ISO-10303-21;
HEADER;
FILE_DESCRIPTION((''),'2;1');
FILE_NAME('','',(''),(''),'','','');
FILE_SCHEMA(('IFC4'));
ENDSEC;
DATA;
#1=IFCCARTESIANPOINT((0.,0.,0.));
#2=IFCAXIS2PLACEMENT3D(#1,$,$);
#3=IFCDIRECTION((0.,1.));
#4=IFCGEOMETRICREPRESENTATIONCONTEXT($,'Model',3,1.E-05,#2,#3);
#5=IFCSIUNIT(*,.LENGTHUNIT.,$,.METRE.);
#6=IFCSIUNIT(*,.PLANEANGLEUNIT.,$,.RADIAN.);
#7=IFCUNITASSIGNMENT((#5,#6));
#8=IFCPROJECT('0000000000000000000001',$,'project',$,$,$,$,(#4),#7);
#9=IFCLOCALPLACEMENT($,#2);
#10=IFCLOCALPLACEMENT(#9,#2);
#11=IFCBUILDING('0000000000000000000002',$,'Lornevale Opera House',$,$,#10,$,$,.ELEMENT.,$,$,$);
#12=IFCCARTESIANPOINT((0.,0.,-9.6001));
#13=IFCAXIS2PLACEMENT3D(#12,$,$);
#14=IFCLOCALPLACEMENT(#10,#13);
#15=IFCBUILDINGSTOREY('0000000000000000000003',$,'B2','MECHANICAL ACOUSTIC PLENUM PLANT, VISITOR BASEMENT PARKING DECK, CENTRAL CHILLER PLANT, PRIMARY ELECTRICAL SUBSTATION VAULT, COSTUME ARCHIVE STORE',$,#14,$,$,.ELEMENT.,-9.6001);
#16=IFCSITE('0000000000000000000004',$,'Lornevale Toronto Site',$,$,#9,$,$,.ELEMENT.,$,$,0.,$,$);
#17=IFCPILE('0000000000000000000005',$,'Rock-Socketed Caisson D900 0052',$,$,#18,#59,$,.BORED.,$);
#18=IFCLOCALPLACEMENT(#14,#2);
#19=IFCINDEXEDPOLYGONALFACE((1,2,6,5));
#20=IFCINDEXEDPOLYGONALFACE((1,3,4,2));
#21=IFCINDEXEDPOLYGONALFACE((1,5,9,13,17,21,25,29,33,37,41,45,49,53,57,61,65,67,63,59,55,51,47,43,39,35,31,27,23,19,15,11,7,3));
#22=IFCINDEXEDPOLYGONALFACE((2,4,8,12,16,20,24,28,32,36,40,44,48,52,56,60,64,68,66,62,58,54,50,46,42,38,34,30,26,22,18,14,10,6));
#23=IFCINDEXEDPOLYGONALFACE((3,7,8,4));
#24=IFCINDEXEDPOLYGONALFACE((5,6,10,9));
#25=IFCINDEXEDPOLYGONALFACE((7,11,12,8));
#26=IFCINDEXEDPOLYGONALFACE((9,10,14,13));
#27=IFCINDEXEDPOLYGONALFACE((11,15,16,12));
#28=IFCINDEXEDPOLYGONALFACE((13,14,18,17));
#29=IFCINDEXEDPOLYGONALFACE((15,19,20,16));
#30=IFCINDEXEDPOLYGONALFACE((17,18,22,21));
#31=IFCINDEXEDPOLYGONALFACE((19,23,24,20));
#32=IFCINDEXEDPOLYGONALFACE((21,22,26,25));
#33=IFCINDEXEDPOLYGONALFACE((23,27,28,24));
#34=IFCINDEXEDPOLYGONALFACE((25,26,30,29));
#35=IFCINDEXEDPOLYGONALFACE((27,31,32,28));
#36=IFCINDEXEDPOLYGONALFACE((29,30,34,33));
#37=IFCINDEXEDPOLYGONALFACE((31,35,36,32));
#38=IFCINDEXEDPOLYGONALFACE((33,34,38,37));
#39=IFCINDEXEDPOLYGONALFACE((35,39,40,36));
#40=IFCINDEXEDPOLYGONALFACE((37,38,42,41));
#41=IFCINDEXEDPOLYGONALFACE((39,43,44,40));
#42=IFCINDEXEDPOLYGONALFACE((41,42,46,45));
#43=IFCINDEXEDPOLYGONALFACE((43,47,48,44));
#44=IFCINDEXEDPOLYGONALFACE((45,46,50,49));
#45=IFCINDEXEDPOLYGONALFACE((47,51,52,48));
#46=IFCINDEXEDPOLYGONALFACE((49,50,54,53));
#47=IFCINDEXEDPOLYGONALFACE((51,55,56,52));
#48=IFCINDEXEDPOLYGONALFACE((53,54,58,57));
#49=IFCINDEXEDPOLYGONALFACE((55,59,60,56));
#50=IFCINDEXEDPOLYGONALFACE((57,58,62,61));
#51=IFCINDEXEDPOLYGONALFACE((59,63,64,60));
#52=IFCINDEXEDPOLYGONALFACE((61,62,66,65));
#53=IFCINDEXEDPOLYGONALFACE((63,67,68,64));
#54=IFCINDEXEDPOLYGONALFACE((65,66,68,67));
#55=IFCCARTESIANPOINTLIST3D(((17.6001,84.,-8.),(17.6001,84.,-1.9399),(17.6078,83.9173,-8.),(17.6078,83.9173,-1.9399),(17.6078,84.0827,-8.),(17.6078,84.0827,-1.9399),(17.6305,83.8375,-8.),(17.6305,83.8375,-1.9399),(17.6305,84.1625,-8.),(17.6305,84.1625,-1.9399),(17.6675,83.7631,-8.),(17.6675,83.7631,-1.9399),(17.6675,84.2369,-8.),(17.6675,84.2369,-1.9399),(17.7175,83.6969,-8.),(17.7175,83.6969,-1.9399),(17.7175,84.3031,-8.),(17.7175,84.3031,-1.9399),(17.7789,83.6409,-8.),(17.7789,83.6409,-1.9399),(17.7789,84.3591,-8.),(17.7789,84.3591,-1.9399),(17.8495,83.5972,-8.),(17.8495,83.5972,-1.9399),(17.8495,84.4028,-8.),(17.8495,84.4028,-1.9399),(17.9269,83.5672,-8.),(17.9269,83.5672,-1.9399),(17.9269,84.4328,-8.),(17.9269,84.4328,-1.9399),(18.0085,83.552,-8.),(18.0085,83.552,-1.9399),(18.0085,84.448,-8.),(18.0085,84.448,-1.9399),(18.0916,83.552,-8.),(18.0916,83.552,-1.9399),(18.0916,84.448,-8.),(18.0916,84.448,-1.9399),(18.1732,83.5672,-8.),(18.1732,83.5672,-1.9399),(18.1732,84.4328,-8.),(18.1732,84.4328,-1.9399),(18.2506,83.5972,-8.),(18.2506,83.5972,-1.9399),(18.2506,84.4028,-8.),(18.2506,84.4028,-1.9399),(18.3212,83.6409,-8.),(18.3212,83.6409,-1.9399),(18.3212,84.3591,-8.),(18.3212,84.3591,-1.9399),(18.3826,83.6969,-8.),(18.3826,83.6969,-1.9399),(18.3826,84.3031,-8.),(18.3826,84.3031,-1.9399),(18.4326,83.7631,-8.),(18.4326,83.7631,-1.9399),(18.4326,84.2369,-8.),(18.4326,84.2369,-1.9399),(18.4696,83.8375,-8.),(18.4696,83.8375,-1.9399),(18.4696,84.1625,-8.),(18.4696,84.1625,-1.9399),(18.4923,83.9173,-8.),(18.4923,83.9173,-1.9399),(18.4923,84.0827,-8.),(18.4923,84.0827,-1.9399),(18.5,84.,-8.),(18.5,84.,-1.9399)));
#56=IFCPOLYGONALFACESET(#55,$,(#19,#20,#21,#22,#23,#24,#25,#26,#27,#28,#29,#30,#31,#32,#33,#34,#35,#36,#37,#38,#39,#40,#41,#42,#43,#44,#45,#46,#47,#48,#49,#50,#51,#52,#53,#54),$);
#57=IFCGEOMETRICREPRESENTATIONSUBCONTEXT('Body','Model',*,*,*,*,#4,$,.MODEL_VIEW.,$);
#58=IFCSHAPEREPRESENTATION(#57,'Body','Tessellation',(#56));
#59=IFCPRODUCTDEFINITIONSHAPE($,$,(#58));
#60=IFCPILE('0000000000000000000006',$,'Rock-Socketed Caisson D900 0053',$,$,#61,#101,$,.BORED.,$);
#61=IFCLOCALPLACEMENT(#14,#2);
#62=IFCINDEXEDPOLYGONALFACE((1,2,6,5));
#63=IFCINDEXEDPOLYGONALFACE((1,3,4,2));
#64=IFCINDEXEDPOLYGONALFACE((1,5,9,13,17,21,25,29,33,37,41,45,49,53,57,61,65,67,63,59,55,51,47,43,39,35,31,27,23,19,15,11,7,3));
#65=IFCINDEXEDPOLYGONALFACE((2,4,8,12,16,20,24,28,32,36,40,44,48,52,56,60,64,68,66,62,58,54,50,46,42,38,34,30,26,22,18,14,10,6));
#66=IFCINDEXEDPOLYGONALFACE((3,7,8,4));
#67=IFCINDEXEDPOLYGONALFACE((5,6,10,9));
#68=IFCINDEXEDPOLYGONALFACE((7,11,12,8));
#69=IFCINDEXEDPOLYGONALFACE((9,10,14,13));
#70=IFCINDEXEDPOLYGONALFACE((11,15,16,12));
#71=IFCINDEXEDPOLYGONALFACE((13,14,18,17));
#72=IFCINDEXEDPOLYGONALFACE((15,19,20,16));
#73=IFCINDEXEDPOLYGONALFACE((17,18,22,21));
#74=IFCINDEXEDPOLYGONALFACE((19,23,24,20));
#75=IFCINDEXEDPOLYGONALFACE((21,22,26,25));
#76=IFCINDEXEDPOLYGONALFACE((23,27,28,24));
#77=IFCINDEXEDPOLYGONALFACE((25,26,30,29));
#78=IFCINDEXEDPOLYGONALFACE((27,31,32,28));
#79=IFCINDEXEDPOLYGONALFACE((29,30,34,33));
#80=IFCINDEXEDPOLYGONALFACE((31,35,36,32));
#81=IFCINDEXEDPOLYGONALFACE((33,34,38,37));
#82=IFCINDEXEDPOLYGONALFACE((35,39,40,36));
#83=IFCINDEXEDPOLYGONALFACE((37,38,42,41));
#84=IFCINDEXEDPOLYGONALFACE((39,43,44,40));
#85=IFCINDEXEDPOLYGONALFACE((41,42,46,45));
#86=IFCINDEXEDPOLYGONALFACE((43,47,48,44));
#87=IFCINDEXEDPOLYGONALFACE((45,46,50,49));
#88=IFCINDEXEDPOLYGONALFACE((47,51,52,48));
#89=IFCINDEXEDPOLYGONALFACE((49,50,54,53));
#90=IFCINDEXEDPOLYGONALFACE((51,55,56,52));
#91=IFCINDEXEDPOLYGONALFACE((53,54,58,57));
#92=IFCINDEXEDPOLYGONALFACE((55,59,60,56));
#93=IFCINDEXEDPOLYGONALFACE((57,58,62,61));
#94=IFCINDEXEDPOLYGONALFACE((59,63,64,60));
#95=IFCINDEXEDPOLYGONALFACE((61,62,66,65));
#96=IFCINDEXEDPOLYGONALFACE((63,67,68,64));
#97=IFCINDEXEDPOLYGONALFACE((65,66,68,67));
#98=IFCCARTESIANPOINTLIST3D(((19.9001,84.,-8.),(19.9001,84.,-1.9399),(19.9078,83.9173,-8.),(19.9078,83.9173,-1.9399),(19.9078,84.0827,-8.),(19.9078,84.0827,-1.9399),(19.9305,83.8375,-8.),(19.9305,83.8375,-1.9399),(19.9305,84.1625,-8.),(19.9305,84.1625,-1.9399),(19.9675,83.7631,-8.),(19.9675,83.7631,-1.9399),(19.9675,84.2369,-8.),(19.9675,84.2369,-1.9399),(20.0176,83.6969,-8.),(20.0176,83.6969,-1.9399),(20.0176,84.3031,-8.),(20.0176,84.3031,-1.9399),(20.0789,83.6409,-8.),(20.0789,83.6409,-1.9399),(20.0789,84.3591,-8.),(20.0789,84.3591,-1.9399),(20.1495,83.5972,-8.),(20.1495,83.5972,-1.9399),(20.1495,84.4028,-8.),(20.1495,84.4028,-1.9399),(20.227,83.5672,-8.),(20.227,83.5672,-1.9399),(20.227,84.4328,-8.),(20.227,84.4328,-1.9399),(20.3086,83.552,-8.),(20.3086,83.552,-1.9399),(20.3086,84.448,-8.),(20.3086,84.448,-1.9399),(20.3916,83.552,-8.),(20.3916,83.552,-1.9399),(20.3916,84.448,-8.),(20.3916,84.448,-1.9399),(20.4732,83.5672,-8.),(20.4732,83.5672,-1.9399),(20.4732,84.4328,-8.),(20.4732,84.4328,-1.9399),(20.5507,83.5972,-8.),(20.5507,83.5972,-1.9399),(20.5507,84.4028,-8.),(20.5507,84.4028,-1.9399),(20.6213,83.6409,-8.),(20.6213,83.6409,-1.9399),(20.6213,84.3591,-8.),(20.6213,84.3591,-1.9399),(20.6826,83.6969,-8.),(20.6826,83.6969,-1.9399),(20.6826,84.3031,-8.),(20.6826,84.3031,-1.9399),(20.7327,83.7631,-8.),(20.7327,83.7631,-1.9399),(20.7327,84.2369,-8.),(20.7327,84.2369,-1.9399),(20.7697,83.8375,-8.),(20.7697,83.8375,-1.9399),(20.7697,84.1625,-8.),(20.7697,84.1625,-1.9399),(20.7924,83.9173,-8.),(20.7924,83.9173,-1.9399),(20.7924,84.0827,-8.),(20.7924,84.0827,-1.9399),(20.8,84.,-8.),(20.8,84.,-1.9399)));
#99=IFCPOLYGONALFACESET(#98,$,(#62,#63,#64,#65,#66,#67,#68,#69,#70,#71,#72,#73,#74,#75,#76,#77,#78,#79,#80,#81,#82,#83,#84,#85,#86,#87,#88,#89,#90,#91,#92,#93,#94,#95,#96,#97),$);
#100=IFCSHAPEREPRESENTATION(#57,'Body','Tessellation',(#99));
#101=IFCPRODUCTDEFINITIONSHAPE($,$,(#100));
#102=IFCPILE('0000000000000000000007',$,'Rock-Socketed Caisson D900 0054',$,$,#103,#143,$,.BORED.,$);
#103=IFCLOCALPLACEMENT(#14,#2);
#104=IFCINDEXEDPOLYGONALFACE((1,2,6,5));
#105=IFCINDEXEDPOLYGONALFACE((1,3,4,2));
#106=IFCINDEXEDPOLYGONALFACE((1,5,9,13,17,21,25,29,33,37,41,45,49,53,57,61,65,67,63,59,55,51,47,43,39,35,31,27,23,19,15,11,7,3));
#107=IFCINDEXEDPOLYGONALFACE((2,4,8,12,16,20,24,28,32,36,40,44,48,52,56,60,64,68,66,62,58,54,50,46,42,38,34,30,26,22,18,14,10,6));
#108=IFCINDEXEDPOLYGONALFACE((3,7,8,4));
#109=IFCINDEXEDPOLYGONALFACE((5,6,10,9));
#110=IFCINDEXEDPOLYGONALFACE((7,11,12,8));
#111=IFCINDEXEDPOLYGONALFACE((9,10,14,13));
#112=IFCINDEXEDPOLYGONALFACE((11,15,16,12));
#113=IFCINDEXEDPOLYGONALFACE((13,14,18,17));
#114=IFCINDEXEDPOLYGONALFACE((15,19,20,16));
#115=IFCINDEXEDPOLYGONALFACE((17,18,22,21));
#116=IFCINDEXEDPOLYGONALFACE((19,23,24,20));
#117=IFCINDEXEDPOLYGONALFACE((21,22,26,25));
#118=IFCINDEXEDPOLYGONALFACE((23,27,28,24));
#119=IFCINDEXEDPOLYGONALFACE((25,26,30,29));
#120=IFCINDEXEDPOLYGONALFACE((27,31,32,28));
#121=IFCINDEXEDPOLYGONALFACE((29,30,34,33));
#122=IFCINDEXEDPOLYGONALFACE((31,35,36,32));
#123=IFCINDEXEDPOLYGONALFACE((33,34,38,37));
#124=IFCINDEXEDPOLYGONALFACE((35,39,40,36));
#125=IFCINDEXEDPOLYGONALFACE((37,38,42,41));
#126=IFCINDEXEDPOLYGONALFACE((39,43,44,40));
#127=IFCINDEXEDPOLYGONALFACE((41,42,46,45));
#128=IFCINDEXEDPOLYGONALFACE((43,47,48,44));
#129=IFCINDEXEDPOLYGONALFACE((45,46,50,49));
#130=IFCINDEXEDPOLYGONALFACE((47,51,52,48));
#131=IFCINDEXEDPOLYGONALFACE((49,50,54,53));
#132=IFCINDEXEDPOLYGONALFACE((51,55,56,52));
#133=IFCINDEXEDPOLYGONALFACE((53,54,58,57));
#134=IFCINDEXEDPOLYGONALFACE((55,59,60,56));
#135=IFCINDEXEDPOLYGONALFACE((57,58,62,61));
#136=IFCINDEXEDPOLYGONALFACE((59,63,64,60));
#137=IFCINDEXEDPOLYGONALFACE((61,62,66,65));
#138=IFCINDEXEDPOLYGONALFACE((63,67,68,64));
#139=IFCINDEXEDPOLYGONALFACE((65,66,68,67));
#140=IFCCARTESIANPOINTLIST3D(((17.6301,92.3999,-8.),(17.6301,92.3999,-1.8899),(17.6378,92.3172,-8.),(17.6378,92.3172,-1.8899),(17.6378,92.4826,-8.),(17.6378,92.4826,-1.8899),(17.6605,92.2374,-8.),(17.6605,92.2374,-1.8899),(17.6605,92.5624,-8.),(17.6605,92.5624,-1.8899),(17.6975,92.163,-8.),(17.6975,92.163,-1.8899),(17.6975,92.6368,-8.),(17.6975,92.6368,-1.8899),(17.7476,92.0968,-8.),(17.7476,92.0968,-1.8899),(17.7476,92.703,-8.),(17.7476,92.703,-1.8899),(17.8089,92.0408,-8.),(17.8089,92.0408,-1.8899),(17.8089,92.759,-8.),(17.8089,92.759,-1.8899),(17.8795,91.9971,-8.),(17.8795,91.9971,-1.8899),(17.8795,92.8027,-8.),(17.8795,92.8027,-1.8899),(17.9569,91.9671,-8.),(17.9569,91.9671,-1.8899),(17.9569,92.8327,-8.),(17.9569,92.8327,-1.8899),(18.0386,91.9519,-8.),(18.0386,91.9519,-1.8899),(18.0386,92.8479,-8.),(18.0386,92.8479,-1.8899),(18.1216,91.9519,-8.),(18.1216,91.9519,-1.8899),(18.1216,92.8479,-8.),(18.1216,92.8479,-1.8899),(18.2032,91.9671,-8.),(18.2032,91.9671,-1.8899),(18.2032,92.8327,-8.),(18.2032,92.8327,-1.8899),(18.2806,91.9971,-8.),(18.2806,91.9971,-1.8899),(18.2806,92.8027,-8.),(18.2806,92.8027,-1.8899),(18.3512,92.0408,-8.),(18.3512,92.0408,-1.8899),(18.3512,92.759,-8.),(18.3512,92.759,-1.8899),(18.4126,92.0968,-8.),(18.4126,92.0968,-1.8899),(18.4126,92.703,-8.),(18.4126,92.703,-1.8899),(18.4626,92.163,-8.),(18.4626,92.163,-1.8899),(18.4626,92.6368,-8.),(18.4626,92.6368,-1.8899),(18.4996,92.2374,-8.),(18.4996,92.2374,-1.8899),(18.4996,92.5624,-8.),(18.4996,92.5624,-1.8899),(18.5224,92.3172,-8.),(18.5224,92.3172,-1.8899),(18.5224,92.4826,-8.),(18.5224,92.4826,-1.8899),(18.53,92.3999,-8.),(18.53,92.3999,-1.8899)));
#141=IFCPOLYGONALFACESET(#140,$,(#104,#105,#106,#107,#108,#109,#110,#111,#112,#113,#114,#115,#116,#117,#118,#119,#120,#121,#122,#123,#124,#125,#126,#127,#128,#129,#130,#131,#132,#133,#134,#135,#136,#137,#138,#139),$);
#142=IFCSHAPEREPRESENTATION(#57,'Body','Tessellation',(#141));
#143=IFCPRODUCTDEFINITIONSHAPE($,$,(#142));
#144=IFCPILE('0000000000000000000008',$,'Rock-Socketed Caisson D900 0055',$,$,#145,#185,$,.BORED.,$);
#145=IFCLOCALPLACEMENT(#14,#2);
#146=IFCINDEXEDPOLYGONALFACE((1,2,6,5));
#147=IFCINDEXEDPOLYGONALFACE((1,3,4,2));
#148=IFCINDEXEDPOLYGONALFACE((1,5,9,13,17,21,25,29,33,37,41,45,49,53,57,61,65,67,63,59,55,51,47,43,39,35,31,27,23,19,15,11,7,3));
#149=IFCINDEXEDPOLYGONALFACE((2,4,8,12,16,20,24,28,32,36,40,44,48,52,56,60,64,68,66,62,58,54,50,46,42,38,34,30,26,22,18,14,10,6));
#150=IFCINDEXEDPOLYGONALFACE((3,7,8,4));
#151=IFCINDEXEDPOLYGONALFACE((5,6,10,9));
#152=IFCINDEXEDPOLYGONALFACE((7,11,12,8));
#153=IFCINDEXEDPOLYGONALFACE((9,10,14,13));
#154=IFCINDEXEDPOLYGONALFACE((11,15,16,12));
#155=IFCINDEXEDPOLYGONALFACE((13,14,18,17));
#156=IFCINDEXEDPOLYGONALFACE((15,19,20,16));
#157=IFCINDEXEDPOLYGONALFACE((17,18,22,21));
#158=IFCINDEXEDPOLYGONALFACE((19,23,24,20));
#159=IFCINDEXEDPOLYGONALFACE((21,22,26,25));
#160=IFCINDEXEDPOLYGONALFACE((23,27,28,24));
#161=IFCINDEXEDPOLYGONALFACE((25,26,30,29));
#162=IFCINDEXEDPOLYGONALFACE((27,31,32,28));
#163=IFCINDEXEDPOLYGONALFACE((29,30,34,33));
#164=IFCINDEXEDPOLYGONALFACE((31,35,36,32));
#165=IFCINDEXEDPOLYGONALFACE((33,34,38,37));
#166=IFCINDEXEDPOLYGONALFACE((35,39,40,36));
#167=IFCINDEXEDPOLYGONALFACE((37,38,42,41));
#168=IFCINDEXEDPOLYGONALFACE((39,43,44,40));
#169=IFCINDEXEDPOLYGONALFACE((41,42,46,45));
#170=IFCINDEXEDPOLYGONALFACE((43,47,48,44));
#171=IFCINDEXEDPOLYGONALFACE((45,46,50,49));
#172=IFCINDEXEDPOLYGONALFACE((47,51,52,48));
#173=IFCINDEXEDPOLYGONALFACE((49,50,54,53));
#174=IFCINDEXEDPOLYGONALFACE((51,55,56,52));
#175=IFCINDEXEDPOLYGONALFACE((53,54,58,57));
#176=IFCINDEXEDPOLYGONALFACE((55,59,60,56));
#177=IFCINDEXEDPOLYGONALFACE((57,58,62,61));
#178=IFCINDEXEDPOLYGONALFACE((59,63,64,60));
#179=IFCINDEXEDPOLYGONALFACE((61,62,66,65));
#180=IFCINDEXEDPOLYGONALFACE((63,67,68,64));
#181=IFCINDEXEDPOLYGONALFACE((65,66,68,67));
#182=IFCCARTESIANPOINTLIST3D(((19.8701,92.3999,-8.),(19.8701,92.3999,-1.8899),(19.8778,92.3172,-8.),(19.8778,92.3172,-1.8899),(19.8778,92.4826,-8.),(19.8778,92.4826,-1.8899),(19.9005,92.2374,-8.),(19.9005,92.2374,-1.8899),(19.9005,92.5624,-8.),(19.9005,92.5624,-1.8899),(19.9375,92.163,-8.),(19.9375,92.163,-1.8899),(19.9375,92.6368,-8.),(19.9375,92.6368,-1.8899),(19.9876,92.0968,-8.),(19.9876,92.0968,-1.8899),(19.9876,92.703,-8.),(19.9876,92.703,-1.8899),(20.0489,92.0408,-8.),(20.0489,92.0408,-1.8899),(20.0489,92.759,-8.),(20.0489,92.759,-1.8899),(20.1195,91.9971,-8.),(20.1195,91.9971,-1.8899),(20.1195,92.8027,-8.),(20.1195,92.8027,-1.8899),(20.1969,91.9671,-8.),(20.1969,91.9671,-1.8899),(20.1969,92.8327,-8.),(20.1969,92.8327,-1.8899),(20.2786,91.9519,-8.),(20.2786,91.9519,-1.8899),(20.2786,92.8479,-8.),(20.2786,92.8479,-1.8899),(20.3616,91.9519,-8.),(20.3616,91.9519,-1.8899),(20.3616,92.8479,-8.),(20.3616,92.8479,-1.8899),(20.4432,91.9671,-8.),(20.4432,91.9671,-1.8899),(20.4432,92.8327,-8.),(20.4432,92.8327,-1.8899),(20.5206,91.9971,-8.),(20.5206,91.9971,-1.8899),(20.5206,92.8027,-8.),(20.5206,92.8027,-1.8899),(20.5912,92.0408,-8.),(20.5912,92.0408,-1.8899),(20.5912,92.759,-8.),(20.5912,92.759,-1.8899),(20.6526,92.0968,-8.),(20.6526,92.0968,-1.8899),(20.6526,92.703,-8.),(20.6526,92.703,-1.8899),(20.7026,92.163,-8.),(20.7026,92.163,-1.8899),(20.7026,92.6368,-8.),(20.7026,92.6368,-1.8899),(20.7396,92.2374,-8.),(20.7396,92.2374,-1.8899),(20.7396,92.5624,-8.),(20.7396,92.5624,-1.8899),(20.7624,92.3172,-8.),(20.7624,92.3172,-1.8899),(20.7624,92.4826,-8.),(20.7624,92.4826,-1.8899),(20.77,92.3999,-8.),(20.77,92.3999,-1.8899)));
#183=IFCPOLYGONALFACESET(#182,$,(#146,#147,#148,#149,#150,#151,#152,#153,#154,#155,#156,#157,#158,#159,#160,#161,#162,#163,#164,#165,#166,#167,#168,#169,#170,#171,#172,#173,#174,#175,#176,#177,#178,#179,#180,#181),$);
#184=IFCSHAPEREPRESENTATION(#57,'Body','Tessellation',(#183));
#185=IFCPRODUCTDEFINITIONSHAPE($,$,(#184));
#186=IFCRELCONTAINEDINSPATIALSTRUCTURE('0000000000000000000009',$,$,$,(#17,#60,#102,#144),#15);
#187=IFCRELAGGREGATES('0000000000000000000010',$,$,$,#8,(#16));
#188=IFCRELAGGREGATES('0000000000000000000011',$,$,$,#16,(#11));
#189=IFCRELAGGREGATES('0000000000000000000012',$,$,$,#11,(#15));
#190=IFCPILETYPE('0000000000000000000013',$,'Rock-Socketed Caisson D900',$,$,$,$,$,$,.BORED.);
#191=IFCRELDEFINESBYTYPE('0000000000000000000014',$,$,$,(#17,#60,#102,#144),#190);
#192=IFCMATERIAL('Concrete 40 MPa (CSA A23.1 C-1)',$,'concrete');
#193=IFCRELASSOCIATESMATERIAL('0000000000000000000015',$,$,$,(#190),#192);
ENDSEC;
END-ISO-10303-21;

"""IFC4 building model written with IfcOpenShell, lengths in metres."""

from ifc_helpers import new_model, si_unit, direction, frame, origin, origin_2d, place, context, subcontext, project, spatial, circle, extrude, material, material_profile, profile_set, type_object, element, save


model = new_model("IFC4")

# Units and contexts
model_context = context("Model", 3, precision=1e-05, world=origin(), true_north=direction((0.0, 1.0)))
body_context = subcontext(model_context, "Body", "Model", "MODEL_VIEW")
ifc_project = project(units=[si_unit("LENGTHUNIT", "METRE"), si_unit("PLANEANGLEUNIT", "RADIAN")], contexts=[model_context])

# Site, building, storey
site_placement = place(None, origin())
site = spatial("IfcSite", under=ifc_project, at=site_placement, Name="Lornevale Toronto Site", CompositionType="ELEMENT", RefElevation=0.0)
building_placement = place(site_placement, origin())
building = spatial("IfcBuilding", under=site, at=building_placement, Name="Lornevale Opera House", CompositionType="ELEMENT")
storey_placement = place(building_placement, frame((0.0, 0.0, -9.6001)))
storey = spatial("IfcBuildingStorey", under=building, at=storey_placement, Name="B2", Description="MECHANICAL ACOUSTIC PLENUM PLANT, VISITOR BASEMENT PARKING DECK, CENTRAL CHILLER PLANT, PRIMARY ELECTRICAL SUBSTATION VAULT, COSTUME ARCHIVE STORE", CompositionType="ELEMENT", Elevation=-9.6001)

# Piles
ifc_material_1 = material(Name="Concrete 40 MPa (CSA A23.1 C-1)", Category="concrete")
ifc_material_profile_1 = material_profile(ifc_material_1, circle(Radius=0.45, at=origin_2d()), Name="CAIS900")
ifc_profile_set_1 = profile_set([ifc_material_profile_1], Name="Concrete 40 MPa (CSA A23.1 C-1)")
pile_type_1 = type_object("IfcPileType", Name="Rock-Socketed Caisson D900", PredefinedType="BORED", material=ifc_profile_set_1)
for number, where, z_axis, x_axis, name in (
    (1, (18.05, 84.0, -1.9399), (0.0, 0.0, -1.0), (1.0, 0.0, 0.0), "Rock-Socketed Caisson D900 0052"),
    (2, (20.3501, 84.0, -1.9399), (0.0, 0.0, -1.0), (1.0, 0.0, 0.0), "Rock-Socketed Caisson D900 0053"),
):
    element("IfcPile", number, at=place(storey_placement, frame(where, z_axis=z_axis, x_axis=x_axis)), inside=storey, type_object=pile_type_1, Name=name, PredefinedType="BORED", context=body_context, shape_type="SweptSolid", body=[
        extrude(circle(Radius=0.45, at=origin_2d()), origin(), (0.0, 0.0, 1.0), 6.0601),
    ])
for number, where, z_axis, x_axis, name in (
    (3, (18.0801, 92.3999, -1.8899), (0.0, 0.0, -1.0), (1.0, 0.0, 0.0), "Rock-Socketed Caisson D900 0054"),
    (4, (20.3201, 92.3999, -1.8899), (0.0, 0.0, -1.0), (1.0, 0.0, 0.0), "Rock-Socketed Caisson D900 0055"),
):
    element("IfcPile", number, at=place(storey_placement, frame(where, z_axis=z_axis, x_axis=x_axis)), inside=storey, type_object=pile_type_1, Name=name, PredefinedType="BORED", context=body_context, shape_type="SweptSolid", body=[
        extrude(circle(Radius=0.45, at=origin_2d()), origin(), (0.0, 0.0, 1.0), 6.1101),
    ])

save(model, "model.ifc")
